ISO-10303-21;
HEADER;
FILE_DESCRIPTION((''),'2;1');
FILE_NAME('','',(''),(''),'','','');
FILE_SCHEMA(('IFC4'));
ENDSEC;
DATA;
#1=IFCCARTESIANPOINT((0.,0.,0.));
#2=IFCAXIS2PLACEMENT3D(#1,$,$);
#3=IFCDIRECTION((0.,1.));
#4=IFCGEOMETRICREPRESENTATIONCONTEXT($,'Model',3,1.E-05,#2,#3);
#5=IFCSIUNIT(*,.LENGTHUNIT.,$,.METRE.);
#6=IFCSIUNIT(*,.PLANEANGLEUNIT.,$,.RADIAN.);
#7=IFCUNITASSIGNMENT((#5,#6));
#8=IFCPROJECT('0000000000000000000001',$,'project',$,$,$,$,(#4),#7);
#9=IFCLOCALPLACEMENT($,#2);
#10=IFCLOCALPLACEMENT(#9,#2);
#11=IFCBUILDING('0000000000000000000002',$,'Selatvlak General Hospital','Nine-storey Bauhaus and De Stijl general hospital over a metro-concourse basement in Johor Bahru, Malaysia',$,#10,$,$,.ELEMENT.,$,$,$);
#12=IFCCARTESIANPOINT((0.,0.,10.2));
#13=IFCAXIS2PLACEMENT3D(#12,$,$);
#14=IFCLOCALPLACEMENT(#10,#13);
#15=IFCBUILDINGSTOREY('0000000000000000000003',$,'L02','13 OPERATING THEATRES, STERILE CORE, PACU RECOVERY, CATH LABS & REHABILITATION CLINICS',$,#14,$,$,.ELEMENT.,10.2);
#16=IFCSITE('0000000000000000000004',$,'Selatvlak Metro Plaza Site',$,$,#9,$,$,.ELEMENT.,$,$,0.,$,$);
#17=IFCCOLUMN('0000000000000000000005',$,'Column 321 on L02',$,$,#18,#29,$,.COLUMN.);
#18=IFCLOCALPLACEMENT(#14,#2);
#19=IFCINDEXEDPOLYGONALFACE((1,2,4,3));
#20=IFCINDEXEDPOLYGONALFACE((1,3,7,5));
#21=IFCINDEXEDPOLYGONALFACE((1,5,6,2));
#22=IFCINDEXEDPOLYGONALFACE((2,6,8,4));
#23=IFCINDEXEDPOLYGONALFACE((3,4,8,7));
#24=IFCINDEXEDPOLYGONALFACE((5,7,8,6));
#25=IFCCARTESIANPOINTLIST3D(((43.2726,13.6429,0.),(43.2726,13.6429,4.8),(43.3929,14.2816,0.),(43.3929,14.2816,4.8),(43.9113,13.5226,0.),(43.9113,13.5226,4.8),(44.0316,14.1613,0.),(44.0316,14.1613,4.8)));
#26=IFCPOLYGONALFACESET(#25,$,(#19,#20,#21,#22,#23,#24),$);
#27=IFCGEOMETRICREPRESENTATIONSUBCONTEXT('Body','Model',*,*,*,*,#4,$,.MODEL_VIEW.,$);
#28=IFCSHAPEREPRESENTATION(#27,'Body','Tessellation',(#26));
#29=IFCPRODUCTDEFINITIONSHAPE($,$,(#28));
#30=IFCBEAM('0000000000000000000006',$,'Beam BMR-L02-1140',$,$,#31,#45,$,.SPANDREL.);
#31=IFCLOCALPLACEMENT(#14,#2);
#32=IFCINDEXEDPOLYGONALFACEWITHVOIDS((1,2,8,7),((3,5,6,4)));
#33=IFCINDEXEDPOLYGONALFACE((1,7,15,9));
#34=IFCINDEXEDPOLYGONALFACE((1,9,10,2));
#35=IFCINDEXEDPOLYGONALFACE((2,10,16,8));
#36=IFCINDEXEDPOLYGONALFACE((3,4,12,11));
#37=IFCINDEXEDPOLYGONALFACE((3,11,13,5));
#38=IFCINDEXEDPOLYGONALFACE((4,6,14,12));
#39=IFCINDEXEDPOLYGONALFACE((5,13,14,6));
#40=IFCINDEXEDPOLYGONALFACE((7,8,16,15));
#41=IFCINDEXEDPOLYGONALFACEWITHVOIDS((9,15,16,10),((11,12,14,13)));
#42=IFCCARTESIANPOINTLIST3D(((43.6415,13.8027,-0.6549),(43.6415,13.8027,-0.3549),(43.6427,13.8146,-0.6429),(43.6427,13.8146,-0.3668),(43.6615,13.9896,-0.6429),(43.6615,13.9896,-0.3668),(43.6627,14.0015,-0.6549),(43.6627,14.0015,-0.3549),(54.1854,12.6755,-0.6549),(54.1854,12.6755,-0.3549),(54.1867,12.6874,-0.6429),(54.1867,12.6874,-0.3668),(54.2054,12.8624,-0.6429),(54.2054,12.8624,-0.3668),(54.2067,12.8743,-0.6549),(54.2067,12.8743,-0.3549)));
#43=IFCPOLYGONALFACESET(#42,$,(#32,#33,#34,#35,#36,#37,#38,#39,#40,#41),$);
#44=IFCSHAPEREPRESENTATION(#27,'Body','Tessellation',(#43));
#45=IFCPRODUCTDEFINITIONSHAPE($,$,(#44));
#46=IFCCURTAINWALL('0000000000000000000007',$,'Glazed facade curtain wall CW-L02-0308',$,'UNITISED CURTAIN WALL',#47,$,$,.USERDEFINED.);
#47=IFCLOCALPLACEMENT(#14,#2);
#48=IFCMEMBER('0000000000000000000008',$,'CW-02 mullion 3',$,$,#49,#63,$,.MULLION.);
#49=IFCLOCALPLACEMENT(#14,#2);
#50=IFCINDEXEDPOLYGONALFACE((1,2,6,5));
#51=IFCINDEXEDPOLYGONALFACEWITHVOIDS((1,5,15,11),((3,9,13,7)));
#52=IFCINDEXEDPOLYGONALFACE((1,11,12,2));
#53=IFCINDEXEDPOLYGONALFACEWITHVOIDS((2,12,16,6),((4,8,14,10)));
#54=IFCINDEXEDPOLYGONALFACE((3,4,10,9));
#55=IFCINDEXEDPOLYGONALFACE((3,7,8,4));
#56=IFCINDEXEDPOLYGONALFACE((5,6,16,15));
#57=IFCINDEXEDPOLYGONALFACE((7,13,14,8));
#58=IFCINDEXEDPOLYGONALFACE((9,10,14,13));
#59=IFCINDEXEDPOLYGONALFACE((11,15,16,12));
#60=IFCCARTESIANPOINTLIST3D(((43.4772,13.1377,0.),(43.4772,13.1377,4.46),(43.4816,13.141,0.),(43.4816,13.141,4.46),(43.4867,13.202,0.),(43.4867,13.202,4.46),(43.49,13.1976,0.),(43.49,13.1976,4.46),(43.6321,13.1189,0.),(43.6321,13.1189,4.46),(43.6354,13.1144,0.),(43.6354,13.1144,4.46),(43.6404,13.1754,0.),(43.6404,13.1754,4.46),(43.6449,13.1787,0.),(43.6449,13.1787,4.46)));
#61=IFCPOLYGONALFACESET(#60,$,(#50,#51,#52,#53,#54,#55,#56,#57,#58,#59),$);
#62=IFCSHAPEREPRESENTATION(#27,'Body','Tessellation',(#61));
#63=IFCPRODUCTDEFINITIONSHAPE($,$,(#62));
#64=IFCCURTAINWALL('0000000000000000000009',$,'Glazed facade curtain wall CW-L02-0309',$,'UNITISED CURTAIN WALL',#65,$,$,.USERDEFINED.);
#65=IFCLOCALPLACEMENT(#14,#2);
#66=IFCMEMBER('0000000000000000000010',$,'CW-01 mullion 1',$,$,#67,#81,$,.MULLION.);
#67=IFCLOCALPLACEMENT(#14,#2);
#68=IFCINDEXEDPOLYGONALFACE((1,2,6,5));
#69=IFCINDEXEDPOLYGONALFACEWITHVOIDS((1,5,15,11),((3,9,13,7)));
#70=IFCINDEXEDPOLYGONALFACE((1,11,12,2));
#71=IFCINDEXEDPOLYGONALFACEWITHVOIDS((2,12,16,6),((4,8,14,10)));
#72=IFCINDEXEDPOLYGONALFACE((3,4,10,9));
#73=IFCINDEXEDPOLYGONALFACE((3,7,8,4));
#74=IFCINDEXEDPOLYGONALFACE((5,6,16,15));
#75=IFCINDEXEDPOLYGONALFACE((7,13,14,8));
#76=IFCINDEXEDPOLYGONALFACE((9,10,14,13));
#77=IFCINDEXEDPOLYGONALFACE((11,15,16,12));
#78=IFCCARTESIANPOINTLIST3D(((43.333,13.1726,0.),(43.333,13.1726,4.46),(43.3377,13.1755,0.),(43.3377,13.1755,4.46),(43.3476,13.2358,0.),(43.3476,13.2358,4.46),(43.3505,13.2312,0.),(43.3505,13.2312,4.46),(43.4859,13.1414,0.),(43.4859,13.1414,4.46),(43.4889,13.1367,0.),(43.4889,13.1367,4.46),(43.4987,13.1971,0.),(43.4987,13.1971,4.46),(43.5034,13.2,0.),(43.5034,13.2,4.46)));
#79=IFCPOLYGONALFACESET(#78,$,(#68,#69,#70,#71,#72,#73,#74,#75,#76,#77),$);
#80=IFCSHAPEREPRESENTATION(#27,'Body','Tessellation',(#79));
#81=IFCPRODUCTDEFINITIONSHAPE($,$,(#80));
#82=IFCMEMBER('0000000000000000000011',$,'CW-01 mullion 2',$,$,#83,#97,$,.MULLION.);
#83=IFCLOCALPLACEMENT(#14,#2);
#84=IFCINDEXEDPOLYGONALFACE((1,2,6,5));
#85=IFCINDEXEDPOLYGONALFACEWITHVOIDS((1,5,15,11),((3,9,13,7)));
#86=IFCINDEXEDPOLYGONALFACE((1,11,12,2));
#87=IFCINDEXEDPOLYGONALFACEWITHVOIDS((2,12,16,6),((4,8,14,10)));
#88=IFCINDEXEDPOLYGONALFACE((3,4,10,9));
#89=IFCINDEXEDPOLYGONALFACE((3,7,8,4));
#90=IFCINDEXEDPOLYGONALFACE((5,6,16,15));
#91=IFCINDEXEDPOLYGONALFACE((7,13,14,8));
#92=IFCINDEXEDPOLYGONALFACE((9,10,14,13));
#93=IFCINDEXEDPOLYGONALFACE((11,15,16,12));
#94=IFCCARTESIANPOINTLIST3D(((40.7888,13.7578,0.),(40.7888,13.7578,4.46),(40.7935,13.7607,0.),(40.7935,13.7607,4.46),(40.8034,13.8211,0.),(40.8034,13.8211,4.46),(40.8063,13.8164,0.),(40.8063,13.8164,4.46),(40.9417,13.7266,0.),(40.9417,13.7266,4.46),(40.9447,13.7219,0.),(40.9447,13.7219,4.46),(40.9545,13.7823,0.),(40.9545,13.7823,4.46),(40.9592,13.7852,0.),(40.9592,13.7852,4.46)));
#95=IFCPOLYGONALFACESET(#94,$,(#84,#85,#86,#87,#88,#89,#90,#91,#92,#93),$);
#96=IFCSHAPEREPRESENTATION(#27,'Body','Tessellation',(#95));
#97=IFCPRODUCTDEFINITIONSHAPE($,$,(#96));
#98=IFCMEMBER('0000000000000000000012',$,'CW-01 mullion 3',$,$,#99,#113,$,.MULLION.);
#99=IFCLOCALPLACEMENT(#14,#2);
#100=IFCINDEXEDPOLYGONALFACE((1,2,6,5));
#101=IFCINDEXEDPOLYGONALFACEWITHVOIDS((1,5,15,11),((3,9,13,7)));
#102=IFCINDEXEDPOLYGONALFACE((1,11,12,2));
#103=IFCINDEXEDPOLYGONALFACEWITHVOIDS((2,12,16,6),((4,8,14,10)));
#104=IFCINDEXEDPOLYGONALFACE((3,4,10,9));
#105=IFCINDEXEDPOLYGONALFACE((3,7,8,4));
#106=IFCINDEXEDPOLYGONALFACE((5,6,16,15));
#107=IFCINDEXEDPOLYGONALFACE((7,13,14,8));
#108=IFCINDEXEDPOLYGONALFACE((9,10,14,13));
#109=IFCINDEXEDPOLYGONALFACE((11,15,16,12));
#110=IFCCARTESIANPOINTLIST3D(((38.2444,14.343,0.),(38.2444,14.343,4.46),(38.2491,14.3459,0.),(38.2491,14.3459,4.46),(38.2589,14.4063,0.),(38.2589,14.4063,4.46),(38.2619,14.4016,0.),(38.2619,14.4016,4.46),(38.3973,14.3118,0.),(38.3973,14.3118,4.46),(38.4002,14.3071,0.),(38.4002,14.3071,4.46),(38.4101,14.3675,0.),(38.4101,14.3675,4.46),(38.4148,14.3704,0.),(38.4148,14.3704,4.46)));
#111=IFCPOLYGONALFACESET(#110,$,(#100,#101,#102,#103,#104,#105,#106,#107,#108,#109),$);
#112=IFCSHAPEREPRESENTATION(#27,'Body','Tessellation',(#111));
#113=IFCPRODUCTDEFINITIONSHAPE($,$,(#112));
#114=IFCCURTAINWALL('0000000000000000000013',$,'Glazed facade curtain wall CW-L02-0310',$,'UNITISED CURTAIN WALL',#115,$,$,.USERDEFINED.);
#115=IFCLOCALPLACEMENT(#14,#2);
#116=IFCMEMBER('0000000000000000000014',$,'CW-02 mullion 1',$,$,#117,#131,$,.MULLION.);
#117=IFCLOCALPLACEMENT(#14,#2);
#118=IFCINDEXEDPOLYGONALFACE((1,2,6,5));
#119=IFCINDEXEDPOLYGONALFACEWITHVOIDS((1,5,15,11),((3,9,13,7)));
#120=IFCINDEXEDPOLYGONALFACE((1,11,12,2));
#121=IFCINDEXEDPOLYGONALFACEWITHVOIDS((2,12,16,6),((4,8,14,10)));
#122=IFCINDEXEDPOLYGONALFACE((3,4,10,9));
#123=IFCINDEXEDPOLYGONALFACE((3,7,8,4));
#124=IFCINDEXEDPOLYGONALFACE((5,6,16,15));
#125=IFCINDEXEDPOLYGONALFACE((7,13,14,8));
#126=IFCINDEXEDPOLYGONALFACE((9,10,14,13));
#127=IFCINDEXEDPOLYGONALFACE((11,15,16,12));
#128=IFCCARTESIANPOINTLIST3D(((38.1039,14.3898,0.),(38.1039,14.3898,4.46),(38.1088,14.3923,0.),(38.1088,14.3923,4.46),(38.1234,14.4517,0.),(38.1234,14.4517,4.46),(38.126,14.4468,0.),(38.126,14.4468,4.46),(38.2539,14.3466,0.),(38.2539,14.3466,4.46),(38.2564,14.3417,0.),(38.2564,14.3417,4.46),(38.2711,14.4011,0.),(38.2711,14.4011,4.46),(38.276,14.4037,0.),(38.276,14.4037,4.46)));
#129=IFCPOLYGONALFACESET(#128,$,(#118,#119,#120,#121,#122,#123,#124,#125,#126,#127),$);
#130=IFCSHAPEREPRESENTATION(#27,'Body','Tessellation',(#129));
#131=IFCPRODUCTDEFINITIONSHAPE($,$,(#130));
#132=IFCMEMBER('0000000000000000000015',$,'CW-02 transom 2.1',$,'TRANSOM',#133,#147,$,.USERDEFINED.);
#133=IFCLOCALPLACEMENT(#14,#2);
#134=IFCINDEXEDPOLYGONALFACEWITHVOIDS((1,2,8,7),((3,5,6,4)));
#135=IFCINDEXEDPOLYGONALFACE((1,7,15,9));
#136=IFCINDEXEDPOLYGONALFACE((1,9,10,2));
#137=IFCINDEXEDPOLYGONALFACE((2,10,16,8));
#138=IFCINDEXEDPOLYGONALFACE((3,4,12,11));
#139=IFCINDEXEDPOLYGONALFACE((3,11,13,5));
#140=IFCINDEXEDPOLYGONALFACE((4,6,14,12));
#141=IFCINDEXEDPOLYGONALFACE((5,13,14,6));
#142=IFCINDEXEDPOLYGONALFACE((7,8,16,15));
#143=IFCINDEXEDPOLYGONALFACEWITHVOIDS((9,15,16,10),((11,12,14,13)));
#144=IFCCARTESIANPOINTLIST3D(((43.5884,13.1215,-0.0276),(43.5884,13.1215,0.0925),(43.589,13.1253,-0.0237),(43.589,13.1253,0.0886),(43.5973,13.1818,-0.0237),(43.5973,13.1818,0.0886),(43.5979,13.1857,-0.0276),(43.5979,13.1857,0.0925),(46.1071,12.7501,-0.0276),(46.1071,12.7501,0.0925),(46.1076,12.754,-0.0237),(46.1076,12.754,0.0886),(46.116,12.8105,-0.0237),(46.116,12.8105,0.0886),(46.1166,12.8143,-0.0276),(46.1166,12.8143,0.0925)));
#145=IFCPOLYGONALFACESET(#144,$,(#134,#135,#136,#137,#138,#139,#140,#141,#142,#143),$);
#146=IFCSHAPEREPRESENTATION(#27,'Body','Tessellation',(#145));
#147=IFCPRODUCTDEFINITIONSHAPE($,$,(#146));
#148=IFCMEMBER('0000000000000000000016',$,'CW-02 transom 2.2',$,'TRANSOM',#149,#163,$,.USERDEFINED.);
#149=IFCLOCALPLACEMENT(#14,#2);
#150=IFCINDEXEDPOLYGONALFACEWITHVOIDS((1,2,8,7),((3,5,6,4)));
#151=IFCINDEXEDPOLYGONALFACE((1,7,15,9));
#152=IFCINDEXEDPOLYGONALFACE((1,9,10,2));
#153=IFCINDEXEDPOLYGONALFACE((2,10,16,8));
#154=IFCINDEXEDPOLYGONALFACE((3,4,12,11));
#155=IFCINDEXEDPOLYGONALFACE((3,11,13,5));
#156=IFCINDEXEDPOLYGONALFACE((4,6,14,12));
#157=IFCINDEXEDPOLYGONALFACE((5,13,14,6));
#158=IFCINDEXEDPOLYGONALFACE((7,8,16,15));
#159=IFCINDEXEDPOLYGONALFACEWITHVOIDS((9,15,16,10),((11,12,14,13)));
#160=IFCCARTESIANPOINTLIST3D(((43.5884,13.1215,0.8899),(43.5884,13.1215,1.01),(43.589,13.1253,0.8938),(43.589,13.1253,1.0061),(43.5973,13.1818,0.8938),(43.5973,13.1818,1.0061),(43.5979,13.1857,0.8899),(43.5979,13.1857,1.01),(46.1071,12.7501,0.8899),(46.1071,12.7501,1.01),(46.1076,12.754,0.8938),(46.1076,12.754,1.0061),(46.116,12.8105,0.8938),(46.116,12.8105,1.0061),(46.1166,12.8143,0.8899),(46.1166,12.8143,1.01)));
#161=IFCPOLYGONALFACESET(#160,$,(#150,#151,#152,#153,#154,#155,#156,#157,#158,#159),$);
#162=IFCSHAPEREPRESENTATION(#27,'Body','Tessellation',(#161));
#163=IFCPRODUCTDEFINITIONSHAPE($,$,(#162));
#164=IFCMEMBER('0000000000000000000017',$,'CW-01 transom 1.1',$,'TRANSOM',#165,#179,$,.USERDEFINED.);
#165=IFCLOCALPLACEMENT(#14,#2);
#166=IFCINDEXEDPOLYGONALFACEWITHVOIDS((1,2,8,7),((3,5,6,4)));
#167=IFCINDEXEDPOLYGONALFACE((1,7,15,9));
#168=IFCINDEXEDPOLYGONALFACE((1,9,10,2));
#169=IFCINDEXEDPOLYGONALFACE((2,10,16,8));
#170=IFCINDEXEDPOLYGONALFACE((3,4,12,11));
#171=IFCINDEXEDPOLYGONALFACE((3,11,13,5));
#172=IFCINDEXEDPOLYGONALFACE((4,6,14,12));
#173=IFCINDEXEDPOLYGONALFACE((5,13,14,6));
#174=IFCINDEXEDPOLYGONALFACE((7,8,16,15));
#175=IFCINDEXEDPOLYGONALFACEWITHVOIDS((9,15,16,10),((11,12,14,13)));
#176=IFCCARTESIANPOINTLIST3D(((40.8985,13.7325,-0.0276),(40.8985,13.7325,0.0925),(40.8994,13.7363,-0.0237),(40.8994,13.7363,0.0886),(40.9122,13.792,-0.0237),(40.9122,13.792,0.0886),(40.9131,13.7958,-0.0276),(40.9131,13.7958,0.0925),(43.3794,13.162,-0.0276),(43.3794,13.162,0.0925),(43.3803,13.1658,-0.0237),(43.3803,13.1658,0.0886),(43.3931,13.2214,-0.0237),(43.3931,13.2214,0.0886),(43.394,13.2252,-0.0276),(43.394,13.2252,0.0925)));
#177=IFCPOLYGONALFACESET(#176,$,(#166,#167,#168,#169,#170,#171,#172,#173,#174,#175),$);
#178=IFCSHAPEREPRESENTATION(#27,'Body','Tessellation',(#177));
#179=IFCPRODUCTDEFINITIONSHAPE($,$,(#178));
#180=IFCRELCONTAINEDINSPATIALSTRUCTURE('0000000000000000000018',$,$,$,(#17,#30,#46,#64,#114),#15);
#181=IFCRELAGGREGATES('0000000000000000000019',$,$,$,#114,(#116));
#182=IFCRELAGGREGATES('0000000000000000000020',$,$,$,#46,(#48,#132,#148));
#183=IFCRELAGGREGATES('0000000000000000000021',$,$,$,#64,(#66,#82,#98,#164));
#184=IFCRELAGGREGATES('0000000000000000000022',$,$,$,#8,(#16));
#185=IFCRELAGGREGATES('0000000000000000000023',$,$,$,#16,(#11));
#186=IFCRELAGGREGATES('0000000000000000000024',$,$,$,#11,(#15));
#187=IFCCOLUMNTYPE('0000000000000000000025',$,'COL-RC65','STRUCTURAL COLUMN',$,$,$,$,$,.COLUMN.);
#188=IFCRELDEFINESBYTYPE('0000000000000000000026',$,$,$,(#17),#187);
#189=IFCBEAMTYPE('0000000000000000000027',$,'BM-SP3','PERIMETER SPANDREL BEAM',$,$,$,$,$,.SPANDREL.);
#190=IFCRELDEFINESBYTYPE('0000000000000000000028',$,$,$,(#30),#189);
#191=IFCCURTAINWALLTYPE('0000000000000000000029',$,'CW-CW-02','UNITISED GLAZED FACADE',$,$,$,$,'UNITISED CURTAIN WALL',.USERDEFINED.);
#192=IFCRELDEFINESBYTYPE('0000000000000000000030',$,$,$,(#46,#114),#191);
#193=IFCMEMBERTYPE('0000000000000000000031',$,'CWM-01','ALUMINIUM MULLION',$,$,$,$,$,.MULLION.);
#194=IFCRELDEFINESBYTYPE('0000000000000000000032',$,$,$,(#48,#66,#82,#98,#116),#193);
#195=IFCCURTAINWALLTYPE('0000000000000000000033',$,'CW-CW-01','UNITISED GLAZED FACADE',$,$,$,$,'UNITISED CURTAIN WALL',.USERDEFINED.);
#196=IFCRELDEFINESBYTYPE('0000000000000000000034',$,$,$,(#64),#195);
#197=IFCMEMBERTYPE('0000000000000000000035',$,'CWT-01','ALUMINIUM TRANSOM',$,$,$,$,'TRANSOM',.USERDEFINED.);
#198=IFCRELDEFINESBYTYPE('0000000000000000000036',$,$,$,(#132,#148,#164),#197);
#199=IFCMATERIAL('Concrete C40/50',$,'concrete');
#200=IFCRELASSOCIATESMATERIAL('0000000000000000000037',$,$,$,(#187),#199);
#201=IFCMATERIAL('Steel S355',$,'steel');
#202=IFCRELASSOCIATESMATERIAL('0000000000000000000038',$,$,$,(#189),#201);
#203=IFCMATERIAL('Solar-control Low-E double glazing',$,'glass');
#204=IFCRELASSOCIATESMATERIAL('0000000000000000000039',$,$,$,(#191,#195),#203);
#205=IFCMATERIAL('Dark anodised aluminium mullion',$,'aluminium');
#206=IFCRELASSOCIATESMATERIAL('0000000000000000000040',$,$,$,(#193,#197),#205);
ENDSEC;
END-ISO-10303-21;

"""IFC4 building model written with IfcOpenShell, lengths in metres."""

from ifc_helpers import new_model, si_unit, direction, frame, origin, origin_2d, place, context, subcontext, project, spatial, rectangle, hollow_rectangle, extrude, material, material_profile, profile_set, type_object, element, aggregate, save


model = new_model("IFC4")

# Units and contexts
model_context = context("Model", 3, precision=1e-05, world=origin(), true_north=direction((0.0, 1.0)))
body_context = subcontext(model_context, "Body", "Model", "MODEL_VIEW")
ifc_project = project(units=[si_unit("LENGTHUNIT", "METRE"), si_unit("PLANEANGLEUNIT", "RADIAN")], contexts=[model_context])

# Site, building, storey
site_placement = place(None, origin())
site = spatial("IfcSite", under=ifc_project, at=site_placement, Name="Selatvlak Metro Plaza Site", CompositionType="ELEMENT", RefElevation=0.0)
building_placement = place(site_placement, origin())
building = spatial("IfcBuilding", under=site, at=building_placement, Name="Selatvlak General Hospital", Description="Nine-storey Bauhaus and De Stijl general hospital over a metro-concourse basement in Johor Bahru, Malaysia", CompositionType="ELEMENT")
storey_placement = place(building_placement, frame((0.0, 0.0, 10.2)))
storey = spatial("IfcBuildingStorey", under=building, at=storey_placement, Name="L02", Description="13 OPERATING THEATRES, STERILE CORE, PACU RECOVERY, CATH LABS & REHABILITATION CLINICS", CompositionType="ELEMENT", Elevation=10.2)

# Column
ifc_material_1 = material(Name="Concrete C40/50", Category="concrete")
ifc_material_profile_1 = material_profile(ifc_material_1, rectangle(XDim=0.6499, YDim=0.6499, at=origin_2d()), Name="RC-COL 650x650")
ifc_profile_set_1 = profile_set([ifc_material_profile_1], Name="Concrete C40/50")
column_type = type_object("IfcColumnType", Name="COL-RC65", Description="STRUCTURAL COLUMN", PredefinedType="COLUMN", material=ifc_profile_set_1)
column_placement = place(storey_placement, frame((43.6521, 13.9021, 0.0), z_axis=(0.0, 0.0, 1.0), x_axis=(0.184998, 0.982739, 0.0)))
element("IfcColumn", 1, at=column_placement, inside=storey, type_object=column_type, Name="Column 321 on L02", PredefinedType="COLUMN", context=body_context, shape_type="SweptSolid", body=[
    extrude(rectangle(XDim=0.6499, YDim=0.6499, at=origin_2d()), origin(), (0.0, 0.0, 1.0), 4.8),
])

# Beam
ifc_material_2 = material(Name="Steel S355", Category="steel")
ifc_material_profile_2 = material_profile(ifc_material_2, hollow_rectangle(XDim=0.2, YDim=0.3, WallThickness=0.012, at=origin_2d()), Name="RHS 300x200x12")
ifc_profile_set_2 = profile_set([ifc_material_profile_2], Name="Steel S355")
beam_type = type_object("IfcBeamType", Name="BM-SP3", Description="PERIMETER SPANDREL BEAM", PredefinedType="SPANDREL", material=ifc_profile_set_2)
beam_placement = place(storey_placement, frame((43.6521, 13.9021, -0.5049), z_axis=(0.994334, -0.106299, 0.0), x_axis=(0.106299, 0.994334, 0.0)))
element("IfcBeam", 2, at=beam_placement, inside=storey, type_object=beam_type, Name="Beam BMR-L02-1140", PredefinedType="SPANDREL", context=body_context, shape_type="SweptSolid", body=[
    extrude(hollow_rectangle(XDim=0.2, YDim=0.3, WallThickness=0.012, at=origin_2d()), origin(), (0.0, 0.0, 1.0), 10.604),
])

# Curtain wall, member
ifc_material_3 = material(Name="Solar-control Low-E double glazing", Category="glass")
curtain_wall_type_1 = type_object("IfcCurtainWallType", Name="CW-CW-02", Description="UNITISED GLAZED FACADE", ElementType="UNITISED CURTAIN WALL", PredefinedType="USERDEFINED", material=ifc_material_3)
curtain_wall_1_placement = place(storey_placement, origin())
curtain_wall_1 = element("IfcCurtainWall", 3, at=curtain_wall_1_placement, inside=storey, type_object=curtain_wall_type_1, Name="Glazed facade curtain wall CW-L02-0308", ObjectType="UNITISED CURTAIN WALL", PredefinedType="USERDEFINED")
ifc_material_4 = material(Name="Dark anodised aluminium mullion", Category="aluminium")
ifc_material_profile_3 = material_profile(ifc_material_4, hollow_rectangle(XDim=0.0649, YDim=0.1599, WallThickness=0.0039, at=origin_2d()), Name="AL-MUL 65x160x4")
ifc_profile_set_3 = profile_set([ifc_material_profile_3], Name="Dark anodised aluminium mullion")
member_type_1 = type_object("IfcMemberType", Name="CWM-01", Description="ALUMINIUM MULLION", PredefinedType="MULLION", material=ifc_profile_set_3)
member_1_placement = place(storey_placement, frame((43.561, 13.1582, 0.0), z_axis=(0.0, 0.0, 1.0), x_axis=(-0.145843, -0.989308, 0.0)))
member_1 = element("IfcMember", 4, at=member_1_placement, type_object=member_type_1, Name="CW-02 mullion 3", PredefinedType="MULLION", context=body_context, shape_type="SweptSolid", body=[
    extrude(hollow_rectangle(XDim=0.0649, YDim=0.1599, WallThickness=0.0039, at=origin_2d()), origin(), (0.0, 0.0, 1.0), 4.46),
])

# Curtain wall, members
curtain_wall_type_2 = type_object("IfcCurtainWallType", Name="CW-CW-01", Description="UNITISED GLAZED FACADE", ElementType="UNITISED CURTAIN WALL", PredefinedType="USERDEFINED", material=ifc_material_3)
curtain_wall_2_placement = place(storey_placement, origin())
curtain_wall_2 = element("IfcCurtainWall", 5, at=curtain_wall_2_placement, inside=storey, type_object=curtain_wall_type_2, Name="Glazed facade curtain wall CW-L02-0309", ObjectType="UNITISED CURTAIN WALL", PredefinedType="USERDEFINED")
member_2_placement = place(storey_placement, frame((43.4182, 13.1863, 0.0), z_axis=(0.0, 0.0, 1.0), x_axis=(-0.224155, -0.974554, 0.0)))
member_2 = element("IfcMember", 6, at=member_2_placement, type_object=member_type_1, Name="CW-01 mullion 1", PredefinedType="MULLION", context=body_context, shape_type="SweptSolid", body=[
    extrude(hollow_rectangle(XDim=0.0649, YDim=0.1599, WallThickness=0.0039, at=origin_2d()), origin(), (0.0, 0.0, 1.0), 4.46),
])
member_3_placement = place(storey_placement, frame((40.874, 13.7715, 0.0), z_axis=(0.0, 0.0, 1.0), x_axis=(-0.224155, -0.974554, 0.0)))
member_3 = element("IfcMember", 7, at=member_3_placement, type_object=member_type_1, Name="CW-01 mullion 2", PredefinedType="MULLION", context=body_context, shape_type="SweptSolid", body=[
    extrude(hollow_rectangle(XDim=0.0649, YDim=0.1599, WallThickness=0.0039, at=origin_2d()), origin(), (0.0, 0.0, 1.0), 4.46),
])
member_4_placement = place(storey_placement, frame((38.3296, 14.3567, 0.0), z_axis=(0.0, 0.0, 1.0), x_axis=(-0.224155, -0.974554, 0.0)))
member_4 = element("IfcMember", 8, at=member_4_placement, type_object=member_type_1, Name="CW-01 mullion 3", PredefinedType="MULLION", context=body_context, shape_type="SweptSolid", body=[
    extrude(hollow_rectangle(XDim=0.0649, YDim=0.1599, WallThickness=0.0039, at=origin_2d()), origin(), (0.0, 0.0, 1.0), 4.46),
])

# Curtain wall, member
curtain_wall_3_placement = place(storey_placement, origin())
curtain_wall_3 = element("IfcCurtainWall", 9, at=curtain_wall_3_placement, inside=storey, type_object=curtain_wall_type_1, Name="Glazed facade curtain wall CW-L02-0310", ObjectType="UNITISED CURTAIN WALL", PredefinedType="USERDEFINED")
member_5_placement = place(storey_placement, frame((38.1899, 14.3967, 0.0), z_axis=(0.0, 0.0, 1.0), x_axis=(-0.300461, -0.953794, 0.0)))
member_5 = element("IfcMember", 10, at=member_5_placement, type_object=member_type_1, Name="CW-02 mullion 1", PredefinedType="MULLION", context=body_context, shape_type="SweptSolid", body=[
    extrude(hollow_rectangle(XDim=0.0649, YDim=0.1599, WallThickness=0.0039, at=origin_2d()), origin(), (0.0, 0.0, 1.0), 4.46),
])
aggregate(curtain_wall_3, [member_5])

# Members
ifc_material_profile_4 = material_profile(ifc_material_4, hollow_rectangle(XDim=0.0649, YDim=0.1201, WallThickness=0.0039, at=origin_2d()), Name="AL-TRN 65x120x4")
ifc_profile_set_4 = profile_set([ifc_material_profile_4], Name="Dark anodised aluminium mullion")
member_type_2 = type_object("IfcMemberType", Name="CWT-01", Description="ALUMINIUM TRANSOM", ElementType="TRANSOM", PredefinedType="USERDEFINED", material=ifc_profile_set_4)
member_6_placement = place(storey_placement, frame((46.1118, 12.7822, 0.0325), z_axis=(-0.989305, 0.145864, 0.0), x_axis=(-0.145864, -0.989305, 0.0)))
member_6 = element("IfcMember", 11, at=member_6_placement, type_object=member_type_2, Name="CW-02 transom 2.1", ObjectType="TRANSOM", PredefinedType="USERDEFINED", context=body_context, shape_type="SweptSolid", body=[
    extrude(hollow_rectangle(XDim=0.0649, YDim=0.1201, WallThickness=0.0039, at=origin_2d()), origin(), (0.0, 0.0, 1.0), 2.5459),
])
member_7_placement = place(storey_placement, frame((46.1118, 12.7822, 0.95), z_axis=(-0.989305, 0.145864, 0.0), x_axis=(-0.145864, -0.989305, 0.0)))
member_7 = element("IfcMember", 12, at=member_7_placement, type_object=member_type_2, Name="CW-02 transom 2.2", ObjectType="TRANSOM", PredefinedType="USERDEFINED", context=body_context, shape_type="SweptSolid", body=[
    extrude(hollow_rectangle(XDim=0.0649, YDim=0.1201, WallThickness=0.0039, at=origin_2d()), origin(), (0.0, 0.0, 1.0), 2.5459),
])
member_8_placement = place(storey_placement, frame((43.3867, 13.1936, 0.0325), z_axis=(-0.974561, 0.224124, 0.0), x_axis=(-0.224124, -0.974561, 0.0)))
member_8 = element("IfcMember", 13, at=member_8_placement, type_object=member_type_2, Name="CW-01 transom 1.1", ObjectType="TRANSOM", PredefinedType="USERDEFINED", context=body_context, shape_type="SweptSolid", body=[
    extrude(hollow_rectangle(XDim=0.0649, YDim=0.1201, WallThickness=0.0039, at=origin_2d()), origin(), (0.0, 0.0, 1.0), 2.5457),
])

aggregate(curtain_wall_1, [member_1, member_6, member_7])
aggregate(curtain_wall_2, [member_2, member_3, member_4, member_8])

save(model, "model.ifc")
